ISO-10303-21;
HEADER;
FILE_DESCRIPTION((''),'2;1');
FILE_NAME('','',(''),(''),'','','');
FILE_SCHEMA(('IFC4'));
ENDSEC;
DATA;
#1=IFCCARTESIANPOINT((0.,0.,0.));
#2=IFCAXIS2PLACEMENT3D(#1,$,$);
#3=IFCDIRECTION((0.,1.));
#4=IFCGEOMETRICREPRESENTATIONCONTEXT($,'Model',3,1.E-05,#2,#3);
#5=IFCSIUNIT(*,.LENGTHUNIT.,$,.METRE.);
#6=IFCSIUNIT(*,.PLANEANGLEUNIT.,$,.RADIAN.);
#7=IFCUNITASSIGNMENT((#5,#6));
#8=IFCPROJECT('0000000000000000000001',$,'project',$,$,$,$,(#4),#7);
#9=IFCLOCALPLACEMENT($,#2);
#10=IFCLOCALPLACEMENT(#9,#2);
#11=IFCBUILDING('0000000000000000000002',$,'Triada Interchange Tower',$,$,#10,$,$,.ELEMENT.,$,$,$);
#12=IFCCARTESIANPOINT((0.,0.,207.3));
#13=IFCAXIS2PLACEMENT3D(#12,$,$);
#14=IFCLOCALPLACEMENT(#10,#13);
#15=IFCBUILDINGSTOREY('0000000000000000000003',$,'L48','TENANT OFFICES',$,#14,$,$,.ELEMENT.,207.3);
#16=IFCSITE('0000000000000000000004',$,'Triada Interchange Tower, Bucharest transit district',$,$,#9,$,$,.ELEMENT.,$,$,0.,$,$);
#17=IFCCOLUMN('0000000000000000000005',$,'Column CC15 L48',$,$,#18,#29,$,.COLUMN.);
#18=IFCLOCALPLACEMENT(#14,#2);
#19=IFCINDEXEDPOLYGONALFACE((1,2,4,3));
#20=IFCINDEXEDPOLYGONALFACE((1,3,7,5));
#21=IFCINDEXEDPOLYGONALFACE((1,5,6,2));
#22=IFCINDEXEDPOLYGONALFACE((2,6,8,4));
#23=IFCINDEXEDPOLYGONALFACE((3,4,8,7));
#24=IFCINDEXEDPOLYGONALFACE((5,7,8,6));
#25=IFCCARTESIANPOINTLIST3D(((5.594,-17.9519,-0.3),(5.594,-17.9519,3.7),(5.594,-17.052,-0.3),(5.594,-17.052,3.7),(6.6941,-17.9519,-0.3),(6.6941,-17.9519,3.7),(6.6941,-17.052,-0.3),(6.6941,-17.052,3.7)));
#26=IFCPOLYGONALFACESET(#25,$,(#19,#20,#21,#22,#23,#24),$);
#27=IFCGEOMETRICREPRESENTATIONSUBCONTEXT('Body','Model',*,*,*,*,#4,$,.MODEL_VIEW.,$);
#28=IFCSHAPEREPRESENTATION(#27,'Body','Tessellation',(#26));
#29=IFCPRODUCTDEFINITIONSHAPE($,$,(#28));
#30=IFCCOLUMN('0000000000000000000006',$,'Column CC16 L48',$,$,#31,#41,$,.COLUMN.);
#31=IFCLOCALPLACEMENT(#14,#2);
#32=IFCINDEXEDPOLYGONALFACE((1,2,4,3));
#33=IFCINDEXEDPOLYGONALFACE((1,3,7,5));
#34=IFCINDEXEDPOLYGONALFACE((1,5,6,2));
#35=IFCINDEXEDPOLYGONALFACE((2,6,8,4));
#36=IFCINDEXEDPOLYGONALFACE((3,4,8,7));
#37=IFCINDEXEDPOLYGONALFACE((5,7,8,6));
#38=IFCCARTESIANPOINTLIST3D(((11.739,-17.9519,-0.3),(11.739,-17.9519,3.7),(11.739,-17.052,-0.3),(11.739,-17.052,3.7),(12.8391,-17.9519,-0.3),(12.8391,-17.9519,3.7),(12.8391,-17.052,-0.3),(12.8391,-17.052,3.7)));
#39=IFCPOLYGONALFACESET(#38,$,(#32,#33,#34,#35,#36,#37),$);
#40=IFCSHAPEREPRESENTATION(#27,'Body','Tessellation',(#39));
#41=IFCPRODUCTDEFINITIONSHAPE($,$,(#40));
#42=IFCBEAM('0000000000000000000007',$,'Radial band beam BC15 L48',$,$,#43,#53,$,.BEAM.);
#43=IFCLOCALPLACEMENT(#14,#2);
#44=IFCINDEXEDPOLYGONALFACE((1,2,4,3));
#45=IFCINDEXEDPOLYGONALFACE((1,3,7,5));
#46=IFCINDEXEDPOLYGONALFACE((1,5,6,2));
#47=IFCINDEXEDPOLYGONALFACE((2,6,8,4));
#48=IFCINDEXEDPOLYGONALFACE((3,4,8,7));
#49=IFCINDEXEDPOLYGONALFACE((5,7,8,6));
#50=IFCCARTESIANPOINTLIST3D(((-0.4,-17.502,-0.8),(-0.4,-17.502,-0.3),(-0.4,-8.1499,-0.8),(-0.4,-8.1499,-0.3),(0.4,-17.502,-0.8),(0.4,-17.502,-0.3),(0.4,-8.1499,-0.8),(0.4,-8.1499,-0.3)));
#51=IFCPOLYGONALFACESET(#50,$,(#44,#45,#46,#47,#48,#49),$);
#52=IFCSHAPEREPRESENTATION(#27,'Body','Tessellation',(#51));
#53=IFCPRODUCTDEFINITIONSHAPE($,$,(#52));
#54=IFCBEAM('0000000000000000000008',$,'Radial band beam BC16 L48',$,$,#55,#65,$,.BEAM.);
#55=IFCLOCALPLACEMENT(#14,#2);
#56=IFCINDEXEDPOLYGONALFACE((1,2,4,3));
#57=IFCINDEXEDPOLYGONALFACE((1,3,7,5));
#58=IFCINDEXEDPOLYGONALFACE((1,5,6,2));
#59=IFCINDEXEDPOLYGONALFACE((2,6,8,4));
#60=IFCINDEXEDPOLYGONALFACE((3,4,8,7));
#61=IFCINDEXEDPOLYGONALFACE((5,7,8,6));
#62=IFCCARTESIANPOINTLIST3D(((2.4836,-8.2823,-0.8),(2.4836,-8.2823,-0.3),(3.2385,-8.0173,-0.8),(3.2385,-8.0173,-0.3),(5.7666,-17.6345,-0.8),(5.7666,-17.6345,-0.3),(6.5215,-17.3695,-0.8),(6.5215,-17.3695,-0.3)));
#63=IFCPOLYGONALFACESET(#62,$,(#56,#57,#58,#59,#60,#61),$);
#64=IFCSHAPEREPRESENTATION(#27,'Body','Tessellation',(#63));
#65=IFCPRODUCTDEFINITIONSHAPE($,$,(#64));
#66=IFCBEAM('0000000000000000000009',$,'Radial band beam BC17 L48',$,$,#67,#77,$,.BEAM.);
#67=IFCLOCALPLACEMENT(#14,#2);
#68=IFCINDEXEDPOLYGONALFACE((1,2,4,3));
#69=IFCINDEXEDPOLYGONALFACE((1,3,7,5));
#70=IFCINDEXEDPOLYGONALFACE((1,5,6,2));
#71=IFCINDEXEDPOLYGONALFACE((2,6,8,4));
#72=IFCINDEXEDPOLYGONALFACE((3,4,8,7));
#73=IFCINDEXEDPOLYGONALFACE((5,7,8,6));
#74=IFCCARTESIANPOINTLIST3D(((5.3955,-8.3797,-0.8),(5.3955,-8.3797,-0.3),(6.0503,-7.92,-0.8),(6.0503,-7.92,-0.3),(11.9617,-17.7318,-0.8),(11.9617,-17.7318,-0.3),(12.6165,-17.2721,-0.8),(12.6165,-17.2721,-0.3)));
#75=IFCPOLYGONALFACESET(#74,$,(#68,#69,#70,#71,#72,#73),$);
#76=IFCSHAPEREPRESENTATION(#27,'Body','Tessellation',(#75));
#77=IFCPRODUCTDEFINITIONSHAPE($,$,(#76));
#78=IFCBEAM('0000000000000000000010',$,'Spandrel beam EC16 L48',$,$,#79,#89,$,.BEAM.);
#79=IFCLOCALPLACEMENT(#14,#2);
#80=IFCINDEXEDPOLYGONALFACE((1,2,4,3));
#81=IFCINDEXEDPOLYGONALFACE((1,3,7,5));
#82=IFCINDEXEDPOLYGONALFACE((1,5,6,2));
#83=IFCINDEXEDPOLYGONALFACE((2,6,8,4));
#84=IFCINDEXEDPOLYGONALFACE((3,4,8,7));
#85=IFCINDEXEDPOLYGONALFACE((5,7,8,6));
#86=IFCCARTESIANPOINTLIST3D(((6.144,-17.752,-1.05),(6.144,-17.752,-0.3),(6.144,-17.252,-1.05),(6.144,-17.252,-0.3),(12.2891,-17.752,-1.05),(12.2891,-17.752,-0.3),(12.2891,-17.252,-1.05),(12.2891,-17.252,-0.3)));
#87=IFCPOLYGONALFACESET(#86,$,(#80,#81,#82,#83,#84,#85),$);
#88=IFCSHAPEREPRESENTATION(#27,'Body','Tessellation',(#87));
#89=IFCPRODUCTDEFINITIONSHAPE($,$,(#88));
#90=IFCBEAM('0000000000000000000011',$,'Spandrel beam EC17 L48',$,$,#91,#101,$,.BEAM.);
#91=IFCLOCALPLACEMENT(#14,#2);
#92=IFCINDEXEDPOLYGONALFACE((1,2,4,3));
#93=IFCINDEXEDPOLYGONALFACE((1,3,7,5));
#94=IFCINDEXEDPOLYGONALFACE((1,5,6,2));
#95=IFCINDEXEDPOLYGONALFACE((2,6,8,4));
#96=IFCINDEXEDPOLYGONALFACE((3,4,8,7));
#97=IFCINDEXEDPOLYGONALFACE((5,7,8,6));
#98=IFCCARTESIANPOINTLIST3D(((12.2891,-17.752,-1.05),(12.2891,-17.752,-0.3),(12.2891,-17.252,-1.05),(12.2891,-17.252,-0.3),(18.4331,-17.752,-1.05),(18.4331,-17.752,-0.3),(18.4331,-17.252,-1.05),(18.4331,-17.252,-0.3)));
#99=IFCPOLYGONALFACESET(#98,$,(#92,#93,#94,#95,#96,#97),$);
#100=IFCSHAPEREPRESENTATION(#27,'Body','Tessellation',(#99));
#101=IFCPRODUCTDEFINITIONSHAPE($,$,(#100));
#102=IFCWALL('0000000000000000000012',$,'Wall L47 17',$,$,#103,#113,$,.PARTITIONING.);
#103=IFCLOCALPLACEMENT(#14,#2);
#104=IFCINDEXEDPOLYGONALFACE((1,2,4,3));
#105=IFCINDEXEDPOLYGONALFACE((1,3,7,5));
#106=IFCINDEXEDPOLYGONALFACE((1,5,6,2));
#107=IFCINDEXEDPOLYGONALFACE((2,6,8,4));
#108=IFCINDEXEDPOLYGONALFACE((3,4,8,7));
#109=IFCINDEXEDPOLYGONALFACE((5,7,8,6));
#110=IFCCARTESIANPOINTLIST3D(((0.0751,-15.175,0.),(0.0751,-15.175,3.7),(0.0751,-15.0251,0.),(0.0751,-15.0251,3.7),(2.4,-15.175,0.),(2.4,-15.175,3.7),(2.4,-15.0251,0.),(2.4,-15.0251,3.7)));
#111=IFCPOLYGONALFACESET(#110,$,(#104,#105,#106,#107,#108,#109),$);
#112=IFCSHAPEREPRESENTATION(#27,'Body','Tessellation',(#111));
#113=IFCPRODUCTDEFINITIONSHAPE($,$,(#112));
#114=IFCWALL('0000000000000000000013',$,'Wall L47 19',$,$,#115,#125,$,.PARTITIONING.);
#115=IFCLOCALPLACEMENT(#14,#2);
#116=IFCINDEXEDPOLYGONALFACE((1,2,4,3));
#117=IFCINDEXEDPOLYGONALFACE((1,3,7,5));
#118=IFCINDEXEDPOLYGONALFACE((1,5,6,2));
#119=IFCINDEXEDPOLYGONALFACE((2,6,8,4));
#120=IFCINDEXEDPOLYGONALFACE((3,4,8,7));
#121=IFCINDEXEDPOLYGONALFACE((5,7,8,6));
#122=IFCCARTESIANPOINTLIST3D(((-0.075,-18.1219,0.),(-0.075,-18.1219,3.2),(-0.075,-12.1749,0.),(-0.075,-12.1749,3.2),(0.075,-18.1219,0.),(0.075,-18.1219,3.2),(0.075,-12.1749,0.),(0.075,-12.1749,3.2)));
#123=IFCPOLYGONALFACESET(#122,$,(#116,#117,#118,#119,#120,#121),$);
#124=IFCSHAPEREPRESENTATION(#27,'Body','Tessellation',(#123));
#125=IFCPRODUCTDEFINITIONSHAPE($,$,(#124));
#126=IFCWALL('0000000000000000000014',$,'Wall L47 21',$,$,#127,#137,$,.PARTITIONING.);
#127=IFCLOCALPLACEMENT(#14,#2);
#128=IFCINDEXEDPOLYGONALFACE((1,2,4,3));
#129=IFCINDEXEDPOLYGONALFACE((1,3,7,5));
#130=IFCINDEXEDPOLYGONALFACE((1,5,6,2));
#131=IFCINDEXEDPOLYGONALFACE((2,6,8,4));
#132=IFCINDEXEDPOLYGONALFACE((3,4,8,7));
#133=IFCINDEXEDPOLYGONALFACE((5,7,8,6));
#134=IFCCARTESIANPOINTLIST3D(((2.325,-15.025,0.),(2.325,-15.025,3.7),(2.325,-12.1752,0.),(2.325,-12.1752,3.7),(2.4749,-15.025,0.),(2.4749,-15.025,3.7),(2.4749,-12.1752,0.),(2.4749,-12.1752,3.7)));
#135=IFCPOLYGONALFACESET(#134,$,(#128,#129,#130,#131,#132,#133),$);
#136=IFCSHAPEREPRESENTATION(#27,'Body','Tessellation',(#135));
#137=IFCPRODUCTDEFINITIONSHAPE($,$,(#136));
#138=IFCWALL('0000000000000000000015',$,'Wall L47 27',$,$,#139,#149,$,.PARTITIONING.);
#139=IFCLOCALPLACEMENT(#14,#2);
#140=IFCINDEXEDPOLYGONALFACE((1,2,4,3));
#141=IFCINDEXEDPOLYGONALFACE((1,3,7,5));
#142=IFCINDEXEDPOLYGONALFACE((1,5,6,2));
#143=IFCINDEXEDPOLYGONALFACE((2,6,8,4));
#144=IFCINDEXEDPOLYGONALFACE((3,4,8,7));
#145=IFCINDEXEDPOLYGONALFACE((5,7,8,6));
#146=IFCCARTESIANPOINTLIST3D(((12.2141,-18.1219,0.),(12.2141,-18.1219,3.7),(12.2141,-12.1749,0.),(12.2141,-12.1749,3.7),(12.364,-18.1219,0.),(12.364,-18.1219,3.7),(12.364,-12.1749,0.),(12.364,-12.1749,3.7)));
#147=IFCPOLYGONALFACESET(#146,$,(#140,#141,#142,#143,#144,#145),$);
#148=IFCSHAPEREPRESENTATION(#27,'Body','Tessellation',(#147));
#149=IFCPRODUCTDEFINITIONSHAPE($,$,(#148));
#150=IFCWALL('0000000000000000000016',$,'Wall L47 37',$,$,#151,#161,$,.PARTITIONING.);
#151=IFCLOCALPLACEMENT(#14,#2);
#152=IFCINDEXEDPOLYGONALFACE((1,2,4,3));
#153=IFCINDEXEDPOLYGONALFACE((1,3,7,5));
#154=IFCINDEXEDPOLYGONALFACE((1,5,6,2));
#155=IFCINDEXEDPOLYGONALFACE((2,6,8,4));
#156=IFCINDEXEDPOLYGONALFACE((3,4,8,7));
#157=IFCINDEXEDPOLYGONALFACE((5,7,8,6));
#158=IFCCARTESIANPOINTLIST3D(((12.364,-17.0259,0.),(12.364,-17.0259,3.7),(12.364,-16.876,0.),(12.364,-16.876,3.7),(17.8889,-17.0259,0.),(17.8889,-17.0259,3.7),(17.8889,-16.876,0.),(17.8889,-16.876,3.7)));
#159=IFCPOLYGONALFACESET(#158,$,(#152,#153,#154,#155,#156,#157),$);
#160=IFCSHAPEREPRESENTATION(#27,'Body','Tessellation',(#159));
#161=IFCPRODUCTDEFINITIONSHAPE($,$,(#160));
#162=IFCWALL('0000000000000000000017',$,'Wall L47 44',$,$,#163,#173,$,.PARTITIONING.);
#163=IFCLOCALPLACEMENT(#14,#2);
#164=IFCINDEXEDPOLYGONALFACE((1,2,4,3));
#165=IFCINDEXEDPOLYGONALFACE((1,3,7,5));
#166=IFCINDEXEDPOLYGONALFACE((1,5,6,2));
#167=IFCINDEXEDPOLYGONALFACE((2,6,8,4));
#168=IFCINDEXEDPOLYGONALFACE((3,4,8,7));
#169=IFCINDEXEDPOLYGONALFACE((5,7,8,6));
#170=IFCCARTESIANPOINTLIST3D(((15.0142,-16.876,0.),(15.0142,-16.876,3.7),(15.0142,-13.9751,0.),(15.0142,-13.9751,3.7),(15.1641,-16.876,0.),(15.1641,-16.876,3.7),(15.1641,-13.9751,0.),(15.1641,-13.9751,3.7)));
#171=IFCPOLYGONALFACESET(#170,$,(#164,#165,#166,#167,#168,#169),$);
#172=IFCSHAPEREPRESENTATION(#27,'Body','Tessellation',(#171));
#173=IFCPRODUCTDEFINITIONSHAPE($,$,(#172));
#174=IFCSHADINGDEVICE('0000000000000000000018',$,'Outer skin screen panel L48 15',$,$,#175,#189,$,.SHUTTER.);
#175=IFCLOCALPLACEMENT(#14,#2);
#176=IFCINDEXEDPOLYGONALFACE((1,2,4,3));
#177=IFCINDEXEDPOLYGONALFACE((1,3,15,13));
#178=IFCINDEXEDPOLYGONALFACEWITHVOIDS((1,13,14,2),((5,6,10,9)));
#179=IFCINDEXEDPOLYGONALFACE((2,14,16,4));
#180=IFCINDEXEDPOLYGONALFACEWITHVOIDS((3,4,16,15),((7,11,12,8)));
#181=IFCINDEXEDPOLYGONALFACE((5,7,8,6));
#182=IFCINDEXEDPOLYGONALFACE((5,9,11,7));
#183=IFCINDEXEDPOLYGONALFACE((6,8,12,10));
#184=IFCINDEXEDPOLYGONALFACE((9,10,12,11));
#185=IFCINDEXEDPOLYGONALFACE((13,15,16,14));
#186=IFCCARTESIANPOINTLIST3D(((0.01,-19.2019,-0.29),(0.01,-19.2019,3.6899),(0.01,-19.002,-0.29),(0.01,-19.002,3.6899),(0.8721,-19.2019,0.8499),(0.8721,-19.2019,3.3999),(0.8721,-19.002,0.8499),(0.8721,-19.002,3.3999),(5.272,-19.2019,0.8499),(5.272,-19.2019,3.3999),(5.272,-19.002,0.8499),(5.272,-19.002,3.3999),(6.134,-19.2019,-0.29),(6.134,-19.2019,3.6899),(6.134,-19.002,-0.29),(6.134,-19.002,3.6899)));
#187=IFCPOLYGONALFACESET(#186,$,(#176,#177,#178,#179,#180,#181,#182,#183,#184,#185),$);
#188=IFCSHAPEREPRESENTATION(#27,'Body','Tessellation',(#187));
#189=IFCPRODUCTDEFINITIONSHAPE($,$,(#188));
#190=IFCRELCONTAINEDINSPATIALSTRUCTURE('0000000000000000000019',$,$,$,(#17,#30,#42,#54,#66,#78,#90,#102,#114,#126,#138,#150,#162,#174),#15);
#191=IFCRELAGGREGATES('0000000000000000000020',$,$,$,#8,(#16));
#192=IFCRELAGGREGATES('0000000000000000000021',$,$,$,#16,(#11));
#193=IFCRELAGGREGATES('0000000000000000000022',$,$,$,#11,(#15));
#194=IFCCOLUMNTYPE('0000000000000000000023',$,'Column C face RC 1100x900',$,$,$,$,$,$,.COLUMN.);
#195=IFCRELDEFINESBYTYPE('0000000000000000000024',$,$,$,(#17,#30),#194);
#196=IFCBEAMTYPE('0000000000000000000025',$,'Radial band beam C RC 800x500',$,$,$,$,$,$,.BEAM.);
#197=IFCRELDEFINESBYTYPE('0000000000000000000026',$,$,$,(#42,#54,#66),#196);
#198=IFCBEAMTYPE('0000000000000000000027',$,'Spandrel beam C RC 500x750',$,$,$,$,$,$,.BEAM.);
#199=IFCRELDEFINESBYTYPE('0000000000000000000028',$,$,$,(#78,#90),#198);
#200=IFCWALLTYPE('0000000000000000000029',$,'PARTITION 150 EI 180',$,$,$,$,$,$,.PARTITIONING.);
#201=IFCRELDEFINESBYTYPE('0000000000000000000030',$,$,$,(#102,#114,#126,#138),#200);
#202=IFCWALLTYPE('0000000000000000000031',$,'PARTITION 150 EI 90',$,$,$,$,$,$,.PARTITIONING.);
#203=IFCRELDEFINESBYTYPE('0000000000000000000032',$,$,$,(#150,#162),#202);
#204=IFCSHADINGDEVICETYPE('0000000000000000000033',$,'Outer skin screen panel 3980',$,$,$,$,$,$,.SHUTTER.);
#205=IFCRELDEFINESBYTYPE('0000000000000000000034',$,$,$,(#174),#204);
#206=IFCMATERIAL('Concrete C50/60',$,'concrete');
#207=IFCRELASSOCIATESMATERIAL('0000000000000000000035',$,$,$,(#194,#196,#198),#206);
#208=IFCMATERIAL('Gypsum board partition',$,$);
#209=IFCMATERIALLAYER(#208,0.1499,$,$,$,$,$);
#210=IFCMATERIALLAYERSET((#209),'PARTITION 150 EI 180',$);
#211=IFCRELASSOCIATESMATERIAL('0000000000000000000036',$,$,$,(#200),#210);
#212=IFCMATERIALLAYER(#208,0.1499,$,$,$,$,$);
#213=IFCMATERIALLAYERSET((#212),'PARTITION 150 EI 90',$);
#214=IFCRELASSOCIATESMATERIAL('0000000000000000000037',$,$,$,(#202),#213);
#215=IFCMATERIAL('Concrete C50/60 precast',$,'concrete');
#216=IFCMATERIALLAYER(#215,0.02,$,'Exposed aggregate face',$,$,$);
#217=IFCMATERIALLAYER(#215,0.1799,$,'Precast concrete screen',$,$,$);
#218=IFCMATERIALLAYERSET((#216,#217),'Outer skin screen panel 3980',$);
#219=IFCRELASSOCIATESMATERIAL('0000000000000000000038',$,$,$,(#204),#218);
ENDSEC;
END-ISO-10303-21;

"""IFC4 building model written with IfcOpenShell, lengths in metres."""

from ifc_helpers import new_model, si_unit, direction, frame, frame_2d, origin, origin_2d, place, context, subcontext, project, spatial, polyline, rectangle, outline, extrude, material, layer, layer_set, material_profile, profile_set, type_object, element, save


model = new_model("IFC4")

# Units and contexts
model_context = context("Model", 3, precision=1e-05, world=origin(), true_north=direction((0.0, 1.0)))
body_context = subcontext(model_context, "Body", "Model", "MODEL_VIEW")
ifc_project = project(units=[si_unit("LENGTHUNIT", "METRE"), si_unit("PLANEANGLEUNIT", "RADIAN")], contexts=[model_context])

# Site, building, storey
site_placement = place(None, origin())
site = spatial("IfcSite", under=ifc_project, at=site_placement, Name="Triada Interchange Tower, Bucharest transit district", CompositionType="ELEMENT", RefElevation=0.0)
building_placement = place(site_placement, origin())
building = spatial("IfcBuilding", under=site, at=building_placement, Name="Triada Interchange Tower", CompositionType="ELEMENT")
storey_placement = place(building_placement, frame((0.0, 0.0, 207.3)))
storey = spatial("IfcBuildingStorey", under=building, at=storey_placement, Name="L48", Description="TENANT OFFICES", CompositionType="ELEMENT", Elevation=207.3)

# Columns
ifc_material_1 = material(Name="Concrete C50/60", Category="concrete")
ifc_material_profile_1 = material_profile(ifc_material_1, rectangle(XDim=1.1001, YDim=0.8999, at=origin_2d()), Name="RC 1100x900")
ifc_profile_set_1 = profile_set([ifc_material_profile_1], Name="Concrete C50/60")
column_type = type_object("IfcColumnType", Name="Column C face RC 1100x900", PredefinedType="COLUMN", material=ifc_profile_set_1)
for number, where, z_axis, x_axis, name in (
    (1, (6.144, -17.502, -0.3), (0.0, 0.0, 1.0), (1.0, 0.0, 0.0), "Column CC15 L48"),
    (2, (12.2891, -17.502, -0.3), (0.0, 0.0, 1.0), (1.0, 0.0, 0.0), "Column CC16 L48"),
):
    element("IfcColumn", number, at=place(storey_placement, frame(where, z_axis=z_axis, x_axis=x_axis)), inside=storey, type_object=column_type, Name=name, PredefinedType="COLUMN", context=body_context, shape_type="SweptSolid", body=[
        extrude(rectangle(XDim=1.1001, YDim=0.8999, at=origin_2d()), origin(), (0.0, 0.0, 1.0), 4.0),
    ])

# Beams
ifc_material_profile_2 = material_profile(ifc_material_1, rectangle(XDim=0.8, YDim=0.5, at=origin_2d()), Name="RC 800x500")
ifc_profile_set_2 = profile_set([ifc_material_profile_2], Name="Concrete C50/60")
beam_type_1 = type_object("IfcBeamType", Name="Radial band beam C RC 800x500", PredefinedType="BEAM", material=ifc_profile_set_2)
beam_1_placement = place(storey_placement, frame((0.0, -17.502, -0.55), z_axis=(0.0, 1.0, 0.0), x_axis=(-1.0, 0.0, 0.0)))
element("IfcBeam", 3, at=beam_1_placement, inside=storey, type_object=beam_type_1, Name="Radial band beam BC15 L48", PredefinedType="BEAM", context=body_context, shape_type="SweptSolid", body=[
    extrude(rectangle(XDim=0.8, YDim=0.5, at=origin_2d()), origin(), (0.0, 0.0, 1.0), 9.3521),
])
beam_2_placement = place(storey_placement, frame((6.144, -17.502, -0.55), z_axis=(-0.331226, 0.943552, 0.0), x_axis=(-0.943552, -0.331226, 0.0)))
element("IfcBeam", 4, at=beam_2_placement, inside=storey, type_object=beam_type_1, Name="Radial band beam BC16 L48", PredefinedType="BEAM", context=body_context, shape_type="SweptSolid", body=[
    extrude(rectangle(XDim=0.8, YDim=0.5, at=origin_2d()), origin(), (0.0, 0.0, 1.0), 9.9116),
])
beam_3_placement = place(storey_placement, frame((12.2891, -17.502, -0.55), z_axis=(-0.57462, 0.81842, 0.0), x_axis=(-0.81842, -0.57462, 0.0)))
element("IfcBeam", 5, at=beam_3_placement, inside=storey, type_object=beam_type_1, Name="Radial band beam BC17 L48", PredefinedType="BEAM", context=body_context, shape_type="SweptSolid", body=[
    extrude(rectangle(XDim=0.8, YDim=0.5, at=origin_2d()), origin(), (0.0, 0.0, 1.0), 11.427),
])
ifc_material_profile_3 = material_profile(ifc_material_1, rectangle(XDim=0.5, YDim=0.75, at=origin_2d()), Name="RC 500x750")
ifc_profile_set_3 = profile_set([ifc_material_profile_3], Name="Concrete C50/60")
beam_type_2 = type_object("IfcBeamType", Name="Spandrel beam C RC 500x750", PredefinedType="BEAM", material=ifc_profile_set_3)
beam_4_placement = place(storey_placement, frame((6.144, -17.502, -0.675), z_axis=(1.0, 0.0, 0.0), x_axis=(0.0, 1.0, 0.0)))
element("IfcBeam", 6, at=beam_4_placement, inside=storey, type_object=beam_type_2, Name="Spandrel beam EC16 L48", PredefinedType="BEAM", context=body_context, shape_type="SweptSolid", body=[
    extrude(rectangle(XDim=0.5, YDim=0.75, at=origin_2d()), origin(), (0.0, 0.0, 1.0), 6.145),
])
beam_5_placement = place(storey_placement, frame((12.2891, -17.502, -0.675), z_axis=(1.0, 0.0, 0.0), x_axis=(0.0, 1.0, 0.0)))
element("IfcBeam", 7, at=beam_5_placement, inside=storey, type_object=beam_type_2, Name="Spandrel beam EC17 L48", PredefinedType="BEAM", context=body_context, shape_type="SweptSolid", body=[
    extrude(rectangle(XDim=0.5, YDim=0.75, at=origin_2d()), origin(), (0.0, 0.0, 1.0), 6.144),
])

# Walls
ifc_material_2 = material(Name="Gypsum board partition")
ifc_layer_1 = layer(ifc_material_2, 0.1499)
ifc_layer_set_1 = layer_set([ifc_layer_1], Name="PARTITION 150 EI 180")
wall_type_1 = type_object("IfcWallType", Name="PARTITION 150 EI 180", PredefinedType="PARTITIONING", material=ifc_layer_set_1)
wall_1_placement = place(storey_placement, frame((0.075, -15.1001, 0.0), z_axis=(0.0, 0.0, 1.0), x_axis=(1.0, 0.0, 0.0)))
element("IfcWall", 8, at=wall_1_placement, inside=storey, type_object=wall_type_1, Name="Wall L47 17", PredefinedType="PARTITIONING", context=body_context, shape_type="SweptSolid", body=[
    extrude(rectangle(XDim=2.325, YDim=0.1499, at=frame_2d((1.1626, 0.0))), origin(), (0.0, 0.0, 1.0), 3.7),
])
wall_2_placement = place(storey_placement, frame((0.0, -18.1221, 0.0), z_axis=(0.0, 0.0, 1.0), x_axis=(0.0, 1.0, 0.0)))
element("IfcWall", 9, at=wall_2_placement, inside=storey, type_object=wall_type_1, Name="Wall L47 19", PredefinedType="PARTITIONING", context=body_context, shape_type="SweptSolid", body=[
    extrude(rectangle(XDim=5.947, YDim=0.1499, at=frame_2d((2.9736, 0.0))), origin(), (0.0, 0.0, 1.0), 3.2),
])
wall_3_placement = place(storey_placement, frame((2.3999, -15.0249, 0.0), z_axis=(0.0, 0.0, 1.0), x_axis=(0.0, 1.0, 0.0)))
element("IfcWall", 10, at=wall_3_placement, inside=storey, type_object=wall_type_1, Name="Wall L47 21", PredefinedType="PARTITIONING", context=body_context, shape_type="SweptSolid", body=[
    extrude(rectangle(XDim=2.8499, YDim=0.1499, at=frame_2d((1.4248, 0.0))), origin(), (0.0, 0.0, 1.0), 3.7),
])
wall_4_placement = place(storey_placement, frame((12.2891, -18.1221, 0.0), z_axis=(0.0, 0.0, 1.0), x_axis=(0.0, 1.0, 0.0)))
element("IfcWall", 11, at=wall_4_placement, inside=storey, type_object=wall_type_1, Name="Wall L47 27", PredefinedType="PARTITIONING", context=body_context, shape_type="SweptSolid", body=[
    extrude(rectangle(XDim=5.947, YDim=0.1499, at=frame_2d((2.9736, 0.0))), origin(), (0.0, 0.0, 1.0), 3.7),
])
ifc_layer_2 = layer(ifc_material_2, 0.1499)
ifc_layer_set_2 = layer_set([ifc_layer_2], Name="PARTITION 150 EI 90")
wall_type_2 = type_object("IfcWallType", Name="PARTITION 150 EI 90", PredefinedType="PARTITIONING", material=ifc_layer_set_2)
wall_5_placement = place(storey_placement, frame((12.364, -16.9509, 0.0), z_axis=(0.0, 0.0, 1.0), x_axis=(1.0, 0.0, 0.0)))
element("IfcWall", 12, at=wall_5_placement, inside=storey, type_object=wall_type_2, Name="Wall L47 37", PredefinedType="PARTITIONING", context=body_context, shape_type="SweptSolid", body=[
    extrude(rectangle(XDim=5.5249, YDim=0.1499, at=frame_2d((2.7625, 0.0))), origin(), (0.0, 0.0, 1.0), 3.7),
])
wall_6_placement = place(storey_placement, frame((15.0891, -16.876, 0.0), z_axis=(0.0, 0.0, 1.0), x_axis=(0.0, 1.0, 0.0)))
element("IfcWall", 13, at=wall_6_placement, inside=storey, type_object=wall_type_2, Name="Wall L47 44", PredefinedType="PARTITIONING", context=body_context, shape_type="SweptSolid", body=[
    extrude(rectangle(XDim=2.9009, YDim=0.1499, at=frame_2d((1.4504, 0.0))), origin(), (0.0, 0.0, 1.0), 3.7),
])

# Shading device
ifc_material_3 = material(Name="Concrete C50/60 precast", Category="concrete")
ifc_layer_3 = layer(ifc_material_3, 0.02, Name="Exposed aggregate face")
ifc_layer_4 = layer(ifc_material_3, 0.1799, Name="Precast concrete screen")
ifc_layer_set_3 = layer_set([ifc_layer_3, ifc_layer_4], Name="Outer skin screen panel 3980")
shading_device_type = type_object("IfcShadingDeviceType", Name="Outer skin screen panel 3980", PredefinedType="SHUTTER", material=ifc_layer_set_3)
shading_device_1_placement = place(storey_placement, frame((0.01, -19.002, -0.29), z_axis=(0.0, 0.0, 1.0), x_axis=(1.0, 0.0, 0.0)))
element("IfcShadingDevice", 14, at=shading_device_1_placement, inside=storey, type_object=shading_device_type, Name="Outer skin screen panel L48 15", PredefinedType="SHUTTER", context=body_context, shape_type="SweptSolid", body=[
    extrude(outline(polyline([(0.0, 0.0), (6.124, 0.0), (6.124, 3.98), (0.0, 3.98), (0.0, 0.0)]), holes=[polyline([(0.8621, 1.1399), (0.8621, 3.6899), (5.262, 3.6899), (5.262, 1.1399), (0.8621, 1.1399)])]), frame((0.0, 0.0, 0.0), z_axis=(0.0, -1.0, 0.0), x_axis=(1.0, 0.0, 0.0)), (0.0, 0.0, 1.0), 0.2),
])

save(model, "model.ifc")
